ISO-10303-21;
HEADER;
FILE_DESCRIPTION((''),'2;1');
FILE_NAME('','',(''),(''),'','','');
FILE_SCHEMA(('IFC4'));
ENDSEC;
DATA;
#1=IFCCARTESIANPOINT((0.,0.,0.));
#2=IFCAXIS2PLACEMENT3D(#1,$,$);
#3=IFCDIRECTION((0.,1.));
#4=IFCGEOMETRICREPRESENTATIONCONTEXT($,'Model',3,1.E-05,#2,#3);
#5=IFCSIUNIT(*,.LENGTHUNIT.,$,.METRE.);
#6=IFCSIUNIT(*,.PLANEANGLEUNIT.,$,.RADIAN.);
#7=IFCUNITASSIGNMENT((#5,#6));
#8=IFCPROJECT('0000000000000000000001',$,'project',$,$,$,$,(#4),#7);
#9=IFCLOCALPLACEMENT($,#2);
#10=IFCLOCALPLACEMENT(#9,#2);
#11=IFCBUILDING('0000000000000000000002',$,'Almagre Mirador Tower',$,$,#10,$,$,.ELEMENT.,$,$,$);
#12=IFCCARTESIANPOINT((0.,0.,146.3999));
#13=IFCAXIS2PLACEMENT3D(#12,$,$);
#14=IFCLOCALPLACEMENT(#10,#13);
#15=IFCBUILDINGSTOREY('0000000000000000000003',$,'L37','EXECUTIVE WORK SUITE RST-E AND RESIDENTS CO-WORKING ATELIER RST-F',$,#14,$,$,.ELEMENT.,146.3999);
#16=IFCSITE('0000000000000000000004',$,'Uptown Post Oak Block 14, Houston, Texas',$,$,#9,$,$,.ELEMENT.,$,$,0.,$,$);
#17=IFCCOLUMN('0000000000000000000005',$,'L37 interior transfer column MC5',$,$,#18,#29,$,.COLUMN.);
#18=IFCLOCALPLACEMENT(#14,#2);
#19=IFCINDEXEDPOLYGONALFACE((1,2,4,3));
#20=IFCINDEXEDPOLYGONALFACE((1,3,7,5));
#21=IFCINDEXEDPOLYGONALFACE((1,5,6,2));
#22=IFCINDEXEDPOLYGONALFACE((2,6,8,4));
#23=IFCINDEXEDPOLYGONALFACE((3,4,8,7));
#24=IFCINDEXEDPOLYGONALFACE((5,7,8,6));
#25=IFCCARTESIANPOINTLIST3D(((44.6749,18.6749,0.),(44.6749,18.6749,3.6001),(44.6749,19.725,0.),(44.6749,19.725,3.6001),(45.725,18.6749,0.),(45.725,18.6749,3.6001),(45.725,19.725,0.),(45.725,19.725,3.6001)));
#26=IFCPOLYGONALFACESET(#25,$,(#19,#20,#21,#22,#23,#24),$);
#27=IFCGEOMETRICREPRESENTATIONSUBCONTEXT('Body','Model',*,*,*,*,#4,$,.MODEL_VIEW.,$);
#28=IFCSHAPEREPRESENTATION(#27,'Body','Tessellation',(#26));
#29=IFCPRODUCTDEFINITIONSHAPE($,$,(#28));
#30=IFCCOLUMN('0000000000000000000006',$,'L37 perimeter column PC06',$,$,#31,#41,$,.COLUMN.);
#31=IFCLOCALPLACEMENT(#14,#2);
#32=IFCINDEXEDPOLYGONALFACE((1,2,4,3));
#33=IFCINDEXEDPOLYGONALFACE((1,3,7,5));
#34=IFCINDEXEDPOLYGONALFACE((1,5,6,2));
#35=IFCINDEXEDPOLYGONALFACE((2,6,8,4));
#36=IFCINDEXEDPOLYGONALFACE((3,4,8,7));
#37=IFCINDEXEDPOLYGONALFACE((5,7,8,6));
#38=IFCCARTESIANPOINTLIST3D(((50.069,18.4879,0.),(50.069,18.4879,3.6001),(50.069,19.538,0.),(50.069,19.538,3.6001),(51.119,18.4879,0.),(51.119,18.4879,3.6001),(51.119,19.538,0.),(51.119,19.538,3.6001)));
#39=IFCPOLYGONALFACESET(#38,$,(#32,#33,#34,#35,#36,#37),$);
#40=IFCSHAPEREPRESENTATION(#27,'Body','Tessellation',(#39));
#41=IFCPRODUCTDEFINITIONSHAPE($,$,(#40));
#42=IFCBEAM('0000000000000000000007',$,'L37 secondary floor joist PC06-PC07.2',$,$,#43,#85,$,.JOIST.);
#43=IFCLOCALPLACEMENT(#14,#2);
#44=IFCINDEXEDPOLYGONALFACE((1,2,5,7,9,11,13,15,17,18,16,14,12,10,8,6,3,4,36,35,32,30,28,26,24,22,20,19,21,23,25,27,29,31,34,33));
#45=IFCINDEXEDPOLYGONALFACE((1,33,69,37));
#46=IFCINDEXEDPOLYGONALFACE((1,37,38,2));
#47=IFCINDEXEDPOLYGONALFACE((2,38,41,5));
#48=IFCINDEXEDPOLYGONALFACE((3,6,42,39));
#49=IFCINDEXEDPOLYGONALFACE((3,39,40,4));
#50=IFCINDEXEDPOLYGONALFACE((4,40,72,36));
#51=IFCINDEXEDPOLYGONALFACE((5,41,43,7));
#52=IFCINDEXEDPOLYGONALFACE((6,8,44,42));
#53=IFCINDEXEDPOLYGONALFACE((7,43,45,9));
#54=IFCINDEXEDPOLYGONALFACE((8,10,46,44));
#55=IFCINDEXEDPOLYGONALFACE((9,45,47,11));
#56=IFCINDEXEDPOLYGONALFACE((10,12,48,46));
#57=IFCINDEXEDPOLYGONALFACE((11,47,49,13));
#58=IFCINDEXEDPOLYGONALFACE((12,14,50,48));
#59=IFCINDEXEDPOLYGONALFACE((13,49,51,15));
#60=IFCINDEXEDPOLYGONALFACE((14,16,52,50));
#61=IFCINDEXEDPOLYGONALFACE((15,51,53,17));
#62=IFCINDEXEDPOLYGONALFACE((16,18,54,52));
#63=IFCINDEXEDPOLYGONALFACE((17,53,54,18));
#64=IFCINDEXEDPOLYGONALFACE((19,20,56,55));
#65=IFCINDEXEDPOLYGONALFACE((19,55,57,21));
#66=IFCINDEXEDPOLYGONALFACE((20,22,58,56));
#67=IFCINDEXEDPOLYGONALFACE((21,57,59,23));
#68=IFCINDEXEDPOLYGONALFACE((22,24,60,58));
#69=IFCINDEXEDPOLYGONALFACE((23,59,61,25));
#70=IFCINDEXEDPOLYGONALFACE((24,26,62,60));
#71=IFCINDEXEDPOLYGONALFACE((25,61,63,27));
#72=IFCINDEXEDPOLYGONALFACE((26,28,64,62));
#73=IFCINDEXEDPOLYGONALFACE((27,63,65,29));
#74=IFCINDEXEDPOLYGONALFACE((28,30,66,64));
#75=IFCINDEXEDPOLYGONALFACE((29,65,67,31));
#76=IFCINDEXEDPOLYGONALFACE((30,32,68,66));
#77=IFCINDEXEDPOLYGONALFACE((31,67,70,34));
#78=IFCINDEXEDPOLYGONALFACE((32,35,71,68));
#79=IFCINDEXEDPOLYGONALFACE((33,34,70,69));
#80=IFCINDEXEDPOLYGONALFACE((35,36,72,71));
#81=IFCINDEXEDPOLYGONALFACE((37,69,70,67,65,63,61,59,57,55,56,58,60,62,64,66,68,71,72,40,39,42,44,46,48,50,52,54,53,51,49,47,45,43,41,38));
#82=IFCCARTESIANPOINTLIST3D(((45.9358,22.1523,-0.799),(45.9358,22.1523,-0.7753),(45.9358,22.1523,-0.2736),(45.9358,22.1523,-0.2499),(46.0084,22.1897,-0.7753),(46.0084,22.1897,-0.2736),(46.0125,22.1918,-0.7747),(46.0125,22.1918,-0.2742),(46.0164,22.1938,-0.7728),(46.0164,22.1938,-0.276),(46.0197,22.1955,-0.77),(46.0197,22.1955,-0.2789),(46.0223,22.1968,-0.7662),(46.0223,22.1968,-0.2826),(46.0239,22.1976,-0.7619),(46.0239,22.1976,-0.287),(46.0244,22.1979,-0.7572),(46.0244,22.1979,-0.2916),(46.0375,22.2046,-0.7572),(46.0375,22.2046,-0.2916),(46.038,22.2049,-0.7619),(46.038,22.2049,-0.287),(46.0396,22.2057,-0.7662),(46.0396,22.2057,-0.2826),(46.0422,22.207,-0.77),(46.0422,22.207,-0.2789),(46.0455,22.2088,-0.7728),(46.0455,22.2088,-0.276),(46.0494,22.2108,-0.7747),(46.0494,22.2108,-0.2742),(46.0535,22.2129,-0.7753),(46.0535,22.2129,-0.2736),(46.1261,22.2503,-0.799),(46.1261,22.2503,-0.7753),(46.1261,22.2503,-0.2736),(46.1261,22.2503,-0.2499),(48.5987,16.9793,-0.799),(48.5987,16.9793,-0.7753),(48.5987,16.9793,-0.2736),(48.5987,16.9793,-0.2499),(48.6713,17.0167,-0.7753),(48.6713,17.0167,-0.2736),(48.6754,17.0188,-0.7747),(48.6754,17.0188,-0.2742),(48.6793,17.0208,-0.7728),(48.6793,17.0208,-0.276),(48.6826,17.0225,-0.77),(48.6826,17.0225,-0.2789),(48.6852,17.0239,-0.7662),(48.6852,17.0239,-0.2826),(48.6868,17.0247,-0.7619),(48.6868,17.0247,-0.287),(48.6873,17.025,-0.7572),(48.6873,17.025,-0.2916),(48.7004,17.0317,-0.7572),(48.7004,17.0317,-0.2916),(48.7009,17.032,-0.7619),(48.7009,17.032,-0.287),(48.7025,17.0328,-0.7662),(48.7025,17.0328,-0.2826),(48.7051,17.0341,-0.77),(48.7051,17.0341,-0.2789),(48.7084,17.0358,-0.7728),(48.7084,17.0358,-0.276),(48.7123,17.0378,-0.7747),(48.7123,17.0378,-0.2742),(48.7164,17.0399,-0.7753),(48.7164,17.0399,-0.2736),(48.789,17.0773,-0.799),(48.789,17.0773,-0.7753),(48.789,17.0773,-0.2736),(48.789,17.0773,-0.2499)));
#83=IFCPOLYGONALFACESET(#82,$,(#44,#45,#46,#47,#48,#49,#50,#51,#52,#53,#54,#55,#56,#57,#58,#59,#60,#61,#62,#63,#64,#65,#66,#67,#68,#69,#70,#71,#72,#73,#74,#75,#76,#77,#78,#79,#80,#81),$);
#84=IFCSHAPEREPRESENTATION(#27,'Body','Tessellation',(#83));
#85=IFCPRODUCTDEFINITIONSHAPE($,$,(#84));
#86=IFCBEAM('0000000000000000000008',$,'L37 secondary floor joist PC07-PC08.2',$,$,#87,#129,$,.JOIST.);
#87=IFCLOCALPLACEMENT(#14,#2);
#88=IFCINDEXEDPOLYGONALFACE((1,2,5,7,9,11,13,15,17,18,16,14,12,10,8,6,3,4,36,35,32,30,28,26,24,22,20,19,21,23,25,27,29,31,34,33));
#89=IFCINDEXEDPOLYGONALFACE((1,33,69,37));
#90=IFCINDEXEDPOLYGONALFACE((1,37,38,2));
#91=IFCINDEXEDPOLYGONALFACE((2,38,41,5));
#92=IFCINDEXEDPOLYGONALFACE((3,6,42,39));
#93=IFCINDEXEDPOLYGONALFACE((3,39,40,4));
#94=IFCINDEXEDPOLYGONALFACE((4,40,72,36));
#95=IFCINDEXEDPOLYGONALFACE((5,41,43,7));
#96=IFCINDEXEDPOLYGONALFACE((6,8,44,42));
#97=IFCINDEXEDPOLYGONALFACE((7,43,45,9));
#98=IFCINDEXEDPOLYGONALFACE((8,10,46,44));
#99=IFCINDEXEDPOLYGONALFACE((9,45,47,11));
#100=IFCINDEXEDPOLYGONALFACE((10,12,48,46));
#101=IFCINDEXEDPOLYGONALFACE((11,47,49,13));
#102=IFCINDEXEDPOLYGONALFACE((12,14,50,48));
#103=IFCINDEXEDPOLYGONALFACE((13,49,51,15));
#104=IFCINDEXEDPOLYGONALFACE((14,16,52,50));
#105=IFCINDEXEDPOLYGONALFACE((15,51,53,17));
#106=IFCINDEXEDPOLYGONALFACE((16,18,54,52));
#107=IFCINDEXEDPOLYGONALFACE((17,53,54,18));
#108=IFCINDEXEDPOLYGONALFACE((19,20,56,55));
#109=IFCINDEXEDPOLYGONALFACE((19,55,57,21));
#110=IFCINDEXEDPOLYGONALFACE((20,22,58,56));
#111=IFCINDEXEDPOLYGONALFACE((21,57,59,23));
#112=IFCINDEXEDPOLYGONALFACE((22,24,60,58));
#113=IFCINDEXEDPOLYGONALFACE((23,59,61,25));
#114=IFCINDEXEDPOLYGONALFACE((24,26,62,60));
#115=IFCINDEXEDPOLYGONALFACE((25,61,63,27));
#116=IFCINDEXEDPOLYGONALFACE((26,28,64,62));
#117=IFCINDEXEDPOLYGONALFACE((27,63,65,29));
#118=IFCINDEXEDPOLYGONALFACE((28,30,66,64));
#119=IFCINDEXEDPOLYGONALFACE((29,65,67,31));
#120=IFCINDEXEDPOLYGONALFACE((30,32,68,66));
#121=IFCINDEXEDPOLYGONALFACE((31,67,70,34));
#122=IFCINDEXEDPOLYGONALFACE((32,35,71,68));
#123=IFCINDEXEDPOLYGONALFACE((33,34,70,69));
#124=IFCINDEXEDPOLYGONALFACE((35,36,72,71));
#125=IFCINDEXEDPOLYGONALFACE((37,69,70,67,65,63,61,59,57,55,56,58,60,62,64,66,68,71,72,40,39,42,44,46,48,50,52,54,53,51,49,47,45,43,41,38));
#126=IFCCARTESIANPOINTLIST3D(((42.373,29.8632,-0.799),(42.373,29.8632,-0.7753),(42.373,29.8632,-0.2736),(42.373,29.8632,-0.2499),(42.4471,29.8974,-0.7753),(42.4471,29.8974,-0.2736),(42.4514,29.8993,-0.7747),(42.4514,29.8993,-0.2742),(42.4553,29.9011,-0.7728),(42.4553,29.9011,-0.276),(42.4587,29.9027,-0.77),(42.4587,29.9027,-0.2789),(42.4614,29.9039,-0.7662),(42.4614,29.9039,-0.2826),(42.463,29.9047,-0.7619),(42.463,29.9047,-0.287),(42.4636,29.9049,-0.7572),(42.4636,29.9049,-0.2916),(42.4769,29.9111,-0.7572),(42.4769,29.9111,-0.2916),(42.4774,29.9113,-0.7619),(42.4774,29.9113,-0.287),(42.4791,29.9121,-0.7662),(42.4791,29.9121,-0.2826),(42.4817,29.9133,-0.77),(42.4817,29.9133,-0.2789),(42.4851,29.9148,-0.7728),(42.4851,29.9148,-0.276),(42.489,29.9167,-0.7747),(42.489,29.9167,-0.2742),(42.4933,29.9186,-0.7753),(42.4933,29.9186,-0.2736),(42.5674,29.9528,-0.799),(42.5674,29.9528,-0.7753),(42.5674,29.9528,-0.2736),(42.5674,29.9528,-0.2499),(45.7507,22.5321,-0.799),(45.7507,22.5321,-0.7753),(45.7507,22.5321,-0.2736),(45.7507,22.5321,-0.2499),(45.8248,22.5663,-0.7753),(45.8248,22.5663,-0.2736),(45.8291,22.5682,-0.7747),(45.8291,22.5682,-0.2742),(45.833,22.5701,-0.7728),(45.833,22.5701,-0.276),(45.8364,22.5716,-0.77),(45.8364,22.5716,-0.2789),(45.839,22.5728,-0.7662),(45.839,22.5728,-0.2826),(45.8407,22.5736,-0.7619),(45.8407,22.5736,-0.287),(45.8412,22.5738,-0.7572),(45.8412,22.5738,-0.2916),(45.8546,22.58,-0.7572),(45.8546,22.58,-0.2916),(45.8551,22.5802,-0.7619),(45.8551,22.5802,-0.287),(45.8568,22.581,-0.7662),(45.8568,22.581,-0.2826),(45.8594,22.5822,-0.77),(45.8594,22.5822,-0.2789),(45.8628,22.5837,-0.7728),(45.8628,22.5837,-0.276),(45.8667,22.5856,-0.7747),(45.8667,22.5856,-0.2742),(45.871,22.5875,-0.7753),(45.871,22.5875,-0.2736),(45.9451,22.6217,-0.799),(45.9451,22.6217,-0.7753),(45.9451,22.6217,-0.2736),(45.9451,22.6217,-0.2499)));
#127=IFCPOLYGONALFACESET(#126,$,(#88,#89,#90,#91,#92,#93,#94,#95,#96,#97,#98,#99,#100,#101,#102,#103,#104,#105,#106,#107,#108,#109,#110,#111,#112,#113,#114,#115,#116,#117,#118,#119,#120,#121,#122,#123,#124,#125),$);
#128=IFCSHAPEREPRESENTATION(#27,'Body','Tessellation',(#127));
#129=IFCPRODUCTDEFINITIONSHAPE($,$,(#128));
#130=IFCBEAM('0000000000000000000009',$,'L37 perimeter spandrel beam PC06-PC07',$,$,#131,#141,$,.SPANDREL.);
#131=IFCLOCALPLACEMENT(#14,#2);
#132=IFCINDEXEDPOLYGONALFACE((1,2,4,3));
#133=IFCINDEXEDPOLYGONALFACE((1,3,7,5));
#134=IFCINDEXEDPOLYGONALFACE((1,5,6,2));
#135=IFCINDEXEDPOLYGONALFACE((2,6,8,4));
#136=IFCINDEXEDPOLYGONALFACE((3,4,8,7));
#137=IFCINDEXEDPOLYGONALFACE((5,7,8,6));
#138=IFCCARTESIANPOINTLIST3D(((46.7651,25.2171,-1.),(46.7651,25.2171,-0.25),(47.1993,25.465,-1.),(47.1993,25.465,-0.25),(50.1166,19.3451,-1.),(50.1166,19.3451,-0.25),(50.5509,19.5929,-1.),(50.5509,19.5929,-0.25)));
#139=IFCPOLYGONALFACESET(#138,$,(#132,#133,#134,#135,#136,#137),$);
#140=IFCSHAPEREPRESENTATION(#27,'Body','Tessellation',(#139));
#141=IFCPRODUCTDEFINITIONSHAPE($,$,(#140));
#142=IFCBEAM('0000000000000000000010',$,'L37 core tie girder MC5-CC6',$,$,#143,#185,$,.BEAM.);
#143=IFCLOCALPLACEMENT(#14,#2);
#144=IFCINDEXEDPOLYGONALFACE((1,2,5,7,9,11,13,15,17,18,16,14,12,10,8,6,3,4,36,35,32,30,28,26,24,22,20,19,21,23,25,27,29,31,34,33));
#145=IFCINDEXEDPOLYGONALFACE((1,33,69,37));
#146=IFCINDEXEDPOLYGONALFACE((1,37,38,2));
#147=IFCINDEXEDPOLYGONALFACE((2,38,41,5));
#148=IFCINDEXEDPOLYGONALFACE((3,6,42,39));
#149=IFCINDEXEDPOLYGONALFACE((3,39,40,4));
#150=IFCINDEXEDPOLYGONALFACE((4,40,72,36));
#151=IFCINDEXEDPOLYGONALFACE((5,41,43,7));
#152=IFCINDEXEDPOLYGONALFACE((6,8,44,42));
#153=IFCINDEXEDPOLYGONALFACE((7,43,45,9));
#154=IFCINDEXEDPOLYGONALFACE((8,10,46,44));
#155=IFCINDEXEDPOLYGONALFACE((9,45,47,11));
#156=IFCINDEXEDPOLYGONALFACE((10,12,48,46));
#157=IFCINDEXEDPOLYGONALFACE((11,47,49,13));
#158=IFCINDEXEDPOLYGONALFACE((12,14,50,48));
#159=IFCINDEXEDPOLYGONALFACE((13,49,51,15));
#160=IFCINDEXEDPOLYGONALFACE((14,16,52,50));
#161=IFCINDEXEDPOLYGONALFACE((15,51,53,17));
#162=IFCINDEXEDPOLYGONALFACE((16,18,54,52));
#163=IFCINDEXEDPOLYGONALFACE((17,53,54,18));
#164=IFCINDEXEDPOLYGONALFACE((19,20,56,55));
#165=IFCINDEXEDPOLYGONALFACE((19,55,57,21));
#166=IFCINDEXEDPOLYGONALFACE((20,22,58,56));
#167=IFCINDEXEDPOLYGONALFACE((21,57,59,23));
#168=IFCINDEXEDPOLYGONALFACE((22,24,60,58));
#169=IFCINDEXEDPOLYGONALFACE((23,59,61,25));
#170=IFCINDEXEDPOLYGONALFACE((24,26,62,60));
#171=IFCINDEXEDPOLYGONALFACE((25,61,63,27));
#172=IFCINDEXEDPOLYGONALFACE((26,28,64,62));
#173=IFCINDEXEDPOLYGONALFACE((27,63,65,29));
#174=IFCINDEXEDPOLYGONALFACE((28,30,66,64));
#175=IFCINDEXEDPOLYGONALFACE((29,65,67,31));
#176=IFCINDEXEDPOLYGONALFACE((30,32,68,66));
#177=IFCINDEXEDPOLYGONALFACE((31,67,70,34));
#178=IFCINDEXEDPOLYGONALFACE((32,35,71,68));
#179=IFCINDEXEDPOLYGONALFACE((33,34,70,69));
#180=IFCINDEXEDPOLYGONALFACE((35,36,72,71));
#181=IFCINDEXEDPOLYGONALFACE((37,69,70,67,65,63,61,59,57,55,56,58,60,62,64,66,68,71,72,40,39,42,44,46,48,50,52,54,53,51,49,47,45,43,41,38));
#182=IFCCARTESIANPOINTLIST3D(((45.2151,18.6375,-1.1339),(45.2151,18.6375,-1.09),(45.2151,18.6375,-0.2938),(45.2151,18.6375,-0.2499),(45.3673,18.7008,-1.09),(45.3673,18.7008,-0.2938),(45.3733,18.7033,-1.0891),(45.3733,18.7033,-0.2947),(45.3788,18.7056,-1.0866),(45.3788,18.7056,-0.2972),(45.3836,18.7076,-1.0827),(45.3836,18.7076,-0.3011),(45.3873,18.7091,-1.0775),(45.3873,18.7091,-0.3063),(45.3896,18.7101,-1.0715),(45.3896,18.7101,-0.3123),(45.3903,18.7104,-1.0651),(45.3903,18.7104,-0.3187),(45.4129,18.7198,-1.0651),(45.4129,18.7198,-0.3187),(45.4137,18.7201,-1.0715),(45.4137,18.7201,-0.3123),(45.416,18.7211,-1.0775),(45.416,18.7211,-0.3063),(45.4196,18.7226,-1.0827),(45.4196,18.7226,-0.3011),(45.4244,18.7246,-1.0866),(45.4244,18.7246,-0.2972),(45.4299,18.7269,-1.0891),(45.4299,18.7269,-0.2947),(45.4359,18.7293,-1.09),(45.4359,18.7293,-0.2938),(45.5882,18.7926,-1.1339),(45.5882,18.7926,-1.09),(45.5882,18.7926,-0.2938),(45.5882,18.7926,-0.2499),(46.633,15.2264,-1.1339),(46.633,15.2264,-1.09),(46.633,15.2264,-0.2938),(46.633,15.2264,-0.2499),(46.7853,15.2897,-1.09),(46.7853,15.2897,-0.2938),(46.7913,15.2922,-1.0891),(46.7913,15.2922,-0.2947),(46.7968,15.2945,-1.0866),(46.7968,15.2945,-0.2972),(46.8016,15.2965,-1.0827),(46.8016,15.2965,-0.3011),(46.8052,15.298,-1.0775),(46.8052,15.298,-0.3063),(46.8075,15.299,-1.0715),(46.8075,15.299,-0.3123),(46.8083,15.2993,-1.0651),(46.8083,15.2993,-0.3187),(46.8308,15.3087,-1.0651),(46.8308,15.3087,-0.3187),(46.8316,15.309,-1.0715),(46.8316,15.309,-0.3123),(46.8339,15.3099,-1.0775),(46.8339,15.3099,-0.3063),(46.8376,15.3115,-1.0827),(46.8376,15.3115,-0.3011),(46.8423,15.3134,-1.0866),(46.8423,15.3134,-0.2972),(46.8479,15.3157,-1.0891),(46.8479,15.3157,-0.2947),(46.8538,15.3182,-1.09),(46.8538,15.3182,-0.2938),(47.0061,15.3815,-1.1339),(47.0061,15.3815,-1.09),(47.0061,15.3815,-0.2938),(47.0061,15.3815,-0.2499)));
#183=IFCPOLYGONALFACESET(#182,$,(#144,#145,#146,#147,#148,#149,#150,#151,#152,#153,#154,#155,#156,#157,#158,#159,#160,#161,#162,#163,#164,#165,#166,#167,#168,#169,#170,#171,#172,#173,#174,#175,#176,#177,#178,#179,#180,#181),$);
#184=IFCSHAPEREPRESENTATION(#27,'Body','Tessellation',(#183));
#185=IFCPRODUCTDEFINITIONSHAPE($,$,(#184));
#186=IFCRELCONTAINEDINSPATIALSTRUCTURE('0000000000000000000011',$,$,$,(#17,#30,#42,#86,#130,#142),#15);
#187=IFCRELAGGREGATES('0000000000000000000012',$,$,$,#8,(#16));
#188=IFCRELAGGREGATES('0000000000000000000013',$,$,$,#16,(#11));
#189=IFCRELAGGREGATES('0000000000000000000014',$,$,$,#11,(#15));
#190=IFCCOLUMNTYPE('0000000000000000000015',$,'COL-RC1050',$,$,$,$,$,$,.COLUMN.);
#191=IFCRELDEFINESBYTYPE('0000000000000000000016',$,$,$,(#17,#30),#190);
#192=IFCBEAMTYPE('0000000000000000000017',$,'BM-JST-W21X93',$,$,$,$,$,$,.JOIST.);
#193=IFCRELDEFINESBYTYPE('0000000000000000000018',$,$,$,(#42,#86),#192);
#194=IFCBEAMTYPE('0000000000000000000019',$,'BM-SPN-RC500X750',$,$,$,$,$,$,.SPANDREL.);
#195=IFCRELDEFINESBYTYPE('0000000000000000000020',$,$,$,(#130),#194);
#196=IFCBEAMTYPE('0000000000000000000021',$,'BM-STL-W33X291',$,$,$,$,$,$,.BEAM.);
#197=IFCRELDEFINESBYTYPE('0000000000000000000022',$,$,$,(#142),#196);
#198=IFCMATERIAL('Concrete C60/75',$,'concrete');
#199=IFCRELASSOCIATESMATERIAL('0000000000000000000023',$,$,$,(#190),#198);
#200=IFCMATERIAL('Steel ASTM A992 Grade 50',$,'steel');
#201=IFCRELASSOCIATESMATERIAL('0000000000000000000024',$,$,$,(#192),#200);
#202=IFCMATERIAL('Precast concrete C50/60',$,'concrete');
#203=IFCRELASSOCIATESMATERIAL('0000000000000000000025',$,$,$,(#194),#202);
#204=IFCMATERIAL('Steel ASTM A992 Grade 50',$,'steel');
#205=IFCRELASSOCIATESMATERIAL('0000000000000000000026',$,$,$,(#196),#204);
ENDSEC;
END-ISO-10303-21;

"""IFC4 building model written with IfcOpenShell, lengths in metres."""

from ifc_helpers import new_model, si_unit, direction, frame, origin, origin_2d, place, context, subcontext, project, spatial, rectangle, i_section, extrude, material, material_profile, profile_set, type_object, element, save


model = new_model("IFC4")

# Units and contexts
model_context = context("Model", 3, precision=1e-05, world=origin(), true_north=direction((0.0, 1.0)))
body_context = subcontext(model_context, "Body", "Model", "MODEL_VIEW")
ifc_project = project(units=[si_unit("LENGTHUNIT", "METRE"), si_unit("PLANEANGLEUNIT", "RADIAN")], contexts=[model_context])

# Site, building, storey
site_placement = place(None, origin())
site = spatial("IfcSite", under=ifc_project, at=site_placement, Name="Uptown Post Oak Block 14, Houston, Texas", CompositionType="ELEMENT", RefElevation=0.0)
building_placement = place(site_placement, origin())
building = spatial("IfcBuilding", under=site, at=building_placement, Name="Almagre Mirador Tower", CompositionType="ELEMENT")
storey_placement = place(building_placement, frame((0.0, 0.0, 146.3999)))
storey = spatial("IfcBuildingStorey", under=building, at=storey_placement, Name="L37", Description="EXECUTIVE WORK SUITE RST-E AND RESIDENTS CO-WORKING ATELIER RST-F", CompositionType="ELEMENT", Elevation=146.3999)

# Columns
ifc_material_1 = material(Name="Concrete C60/75", Category="concrete")
ifc_material_profile_1 = material_profile(ifc_material_1, rectangle(XDim=1.05, YDim=1.05, at=origin_2d()), Name="RC1050X1050")
ifc_profile_set_1 = profile_set([ifc_material_profile_1], Name="Concrete C60/75")
column_type = type_object("IfcColumnType", Name="COL-RC1050", PredefinedType="COLUMN", material=ifc_profile_set_1)
for number, where, z_axis, x_axis, name in (
    (1, (45.2, 19.2, 0.0), (0.0, 0.0, 1.0), (1.0, 0.0, 0.0), "L37 interior transfer column MC5"),
    (2, (50.594, 19.0129, 0.0), (0.0, 0.0, 1.0), (1.0, 0.0, 0.0), "L37 perimeter column PC06"),
):
    element("IfcColumn", number, at=place(storey_placement, frame(where, z_axis=z_axis, x_axis=x_axis)), inside=storey, type_object=column_type, Name=name, PredefinedType="COLUMN", context=body_context, shape_type="SweptSolid", body=[
        extrude(rectangle(XDim=1.05, YDim=1.05, at=origin_2d()), origin(), (0.0, 0.0, 1.0), 3.6001),
    ])

# Beams
ifc_material_2 = material(Name="Steel ASTM A992 Grade 50", Category="steel")
ifc_material_profile_2 = material_profile(ifc_material_2, i_section(OverallWidth=0.2141, OverallDepth=0.5491, WebThickness=0.0146, FlangeThickness=0.0237, FilletRadius=0.0181, at=origin_2d()), Name="W21X93")
ifc_profile_set_2 = profile_set([ifc_material_profile_2], Name="Steel ASTM A992 Grade 50")
beam_type_1 = type_object("IfcBeamType", Name="BM-JST-W21X93", PredefinedType="JOIST", material=ifc_profile_set_2)
beam_1_placement = place(storey_placement, frame((48.6938, 17.0283, -0.5244), z_axis=(-0.45769, 0.889112, 0.0), x_axis=(-0.889112, -0.45769, 0.0)))
element("IfcBeam", 3, at=beam_1_placement, inside=storey, type_object=beam_type_1, Name="L37 secondary floor joist PC06-PC07.2", PredefinedType="JOIST", context=body_context, shape_type="SweptSolid", body=[
    extrude(i_section(OverallWidth=0.2141, OverallDepth=0.5491, WebThickness=0.0146, FlangeThickness=0.0237, FilletRadius=0.0181, at=origin_2d()), origin(), (0.0, 0.0, 1.0), 5.8181),
])
beam_2_placement = place(storey_placement, frame((45.8479, 22.5769, -0.5244), z_axis=(-0.418458, 0.908236, 0.0), x_axis=(-0.908236, -0.418458, 0.0)))
element("IfcBeam", 4, at=beam_2_placement, inside=storey, type_object=beam_type_1, Name="L37 secondary floor joist PC07-PC08.2", PredefinedType="JOIST", context=body_context, shape_type="SweptSolid", body=[
    extrude(i_section(OverallWidth=0.2141, OverallDepth=0.5491, WebThickness=0.0146, FlangeThickness=0.0237, FilletRadius=0.0181, at=origin_2d()), origin(), (0.0, 0.0, 1.0), 8.0718),
])
ifc_material_3 = material(Name="Precast concrete C50/60", Category="concrete")
ifc_material_profile_3 = material_profile(ifc_material_3, rectangle(XDim=0.5, YDim=0.75, at=origin_2d()), Name="RC500X750")
ifc_profile_set_3 = profile_set([ifc_material_profile_3], Name="Precast concrete C50/60")
beam_type_2 = type_object("IfcBeamType", Name="BM-SPN-RC500X750", PredefinedType="SPANDREL", material=ifc_profile_set_3)
beam_3_placement = place(storey_placement, frame((50.3337, 19.469, -0.625), z_axis=(-0.495703, 0.868492, 0.0), x_axis=(-0.868492, -0.495703, 0.0)))
element("IfcBeam", 5, at=beam_3_placement, inside=storey, type_object=beam_type_2, Name="L37 perimeter spandrel beam PC06-PC07", PredefinedType="SPANDREL", context=body_context, shape_type="SweptSolid", body=[
    extrude(rectangle(XDim=0.5, YDim=0.75, at=origin_2d()), origin(), (0.0, 0.0, 1.0), 6.7612),
])
ifc_material_4 = material(Name="Steel ASTM A992 Grade 50", Category="steel")
ifc_material_profile_4 = material_profile(ifc_material_4, i_section(OverallWidth=0.4041, OverallDepth=0.884, WebThickness=0.0244, FlangeThickness=0.0439, FilletRadius=0.0249, at=origin_2d()), Name="W33X291")
ifc_profile_set_4 = profile_set([ifc_material_profile_4], Name="Steel ASTM A992 Grade 50")
beam_type_3 = type_object("IfcBeamType", Name="BM-STL-W33X291", PredefinedType="BEAM", material=ifc_profile_set_4)
beam_4_placement = place(storey_placement, frame((45.4016, 18.7151, -0.6919), z_axis=(0.383846, -0.923397, 0.0), x_axis=(0.923397, 0.383846, 0.0)))
element("IfcBeam", 6, at=beam_4_placement, inside=storey, type_object=beam_type_3, Name="L37 core tie girder MC5-CC6", PredefinedType="BEAM", context=body_context, shape_type="SweptSolid", body=[
    extrude(i_section(OverallWidth=0.4041, OverallDepth=0.884, WebThickness=0.0244, FlangeThickness=0.0439, FilletRadius=0.0249, at=origin_2d()), origin(), (0.0, 0.0, 1.0), 3.6941),
])

save(model, "model.ifc")
